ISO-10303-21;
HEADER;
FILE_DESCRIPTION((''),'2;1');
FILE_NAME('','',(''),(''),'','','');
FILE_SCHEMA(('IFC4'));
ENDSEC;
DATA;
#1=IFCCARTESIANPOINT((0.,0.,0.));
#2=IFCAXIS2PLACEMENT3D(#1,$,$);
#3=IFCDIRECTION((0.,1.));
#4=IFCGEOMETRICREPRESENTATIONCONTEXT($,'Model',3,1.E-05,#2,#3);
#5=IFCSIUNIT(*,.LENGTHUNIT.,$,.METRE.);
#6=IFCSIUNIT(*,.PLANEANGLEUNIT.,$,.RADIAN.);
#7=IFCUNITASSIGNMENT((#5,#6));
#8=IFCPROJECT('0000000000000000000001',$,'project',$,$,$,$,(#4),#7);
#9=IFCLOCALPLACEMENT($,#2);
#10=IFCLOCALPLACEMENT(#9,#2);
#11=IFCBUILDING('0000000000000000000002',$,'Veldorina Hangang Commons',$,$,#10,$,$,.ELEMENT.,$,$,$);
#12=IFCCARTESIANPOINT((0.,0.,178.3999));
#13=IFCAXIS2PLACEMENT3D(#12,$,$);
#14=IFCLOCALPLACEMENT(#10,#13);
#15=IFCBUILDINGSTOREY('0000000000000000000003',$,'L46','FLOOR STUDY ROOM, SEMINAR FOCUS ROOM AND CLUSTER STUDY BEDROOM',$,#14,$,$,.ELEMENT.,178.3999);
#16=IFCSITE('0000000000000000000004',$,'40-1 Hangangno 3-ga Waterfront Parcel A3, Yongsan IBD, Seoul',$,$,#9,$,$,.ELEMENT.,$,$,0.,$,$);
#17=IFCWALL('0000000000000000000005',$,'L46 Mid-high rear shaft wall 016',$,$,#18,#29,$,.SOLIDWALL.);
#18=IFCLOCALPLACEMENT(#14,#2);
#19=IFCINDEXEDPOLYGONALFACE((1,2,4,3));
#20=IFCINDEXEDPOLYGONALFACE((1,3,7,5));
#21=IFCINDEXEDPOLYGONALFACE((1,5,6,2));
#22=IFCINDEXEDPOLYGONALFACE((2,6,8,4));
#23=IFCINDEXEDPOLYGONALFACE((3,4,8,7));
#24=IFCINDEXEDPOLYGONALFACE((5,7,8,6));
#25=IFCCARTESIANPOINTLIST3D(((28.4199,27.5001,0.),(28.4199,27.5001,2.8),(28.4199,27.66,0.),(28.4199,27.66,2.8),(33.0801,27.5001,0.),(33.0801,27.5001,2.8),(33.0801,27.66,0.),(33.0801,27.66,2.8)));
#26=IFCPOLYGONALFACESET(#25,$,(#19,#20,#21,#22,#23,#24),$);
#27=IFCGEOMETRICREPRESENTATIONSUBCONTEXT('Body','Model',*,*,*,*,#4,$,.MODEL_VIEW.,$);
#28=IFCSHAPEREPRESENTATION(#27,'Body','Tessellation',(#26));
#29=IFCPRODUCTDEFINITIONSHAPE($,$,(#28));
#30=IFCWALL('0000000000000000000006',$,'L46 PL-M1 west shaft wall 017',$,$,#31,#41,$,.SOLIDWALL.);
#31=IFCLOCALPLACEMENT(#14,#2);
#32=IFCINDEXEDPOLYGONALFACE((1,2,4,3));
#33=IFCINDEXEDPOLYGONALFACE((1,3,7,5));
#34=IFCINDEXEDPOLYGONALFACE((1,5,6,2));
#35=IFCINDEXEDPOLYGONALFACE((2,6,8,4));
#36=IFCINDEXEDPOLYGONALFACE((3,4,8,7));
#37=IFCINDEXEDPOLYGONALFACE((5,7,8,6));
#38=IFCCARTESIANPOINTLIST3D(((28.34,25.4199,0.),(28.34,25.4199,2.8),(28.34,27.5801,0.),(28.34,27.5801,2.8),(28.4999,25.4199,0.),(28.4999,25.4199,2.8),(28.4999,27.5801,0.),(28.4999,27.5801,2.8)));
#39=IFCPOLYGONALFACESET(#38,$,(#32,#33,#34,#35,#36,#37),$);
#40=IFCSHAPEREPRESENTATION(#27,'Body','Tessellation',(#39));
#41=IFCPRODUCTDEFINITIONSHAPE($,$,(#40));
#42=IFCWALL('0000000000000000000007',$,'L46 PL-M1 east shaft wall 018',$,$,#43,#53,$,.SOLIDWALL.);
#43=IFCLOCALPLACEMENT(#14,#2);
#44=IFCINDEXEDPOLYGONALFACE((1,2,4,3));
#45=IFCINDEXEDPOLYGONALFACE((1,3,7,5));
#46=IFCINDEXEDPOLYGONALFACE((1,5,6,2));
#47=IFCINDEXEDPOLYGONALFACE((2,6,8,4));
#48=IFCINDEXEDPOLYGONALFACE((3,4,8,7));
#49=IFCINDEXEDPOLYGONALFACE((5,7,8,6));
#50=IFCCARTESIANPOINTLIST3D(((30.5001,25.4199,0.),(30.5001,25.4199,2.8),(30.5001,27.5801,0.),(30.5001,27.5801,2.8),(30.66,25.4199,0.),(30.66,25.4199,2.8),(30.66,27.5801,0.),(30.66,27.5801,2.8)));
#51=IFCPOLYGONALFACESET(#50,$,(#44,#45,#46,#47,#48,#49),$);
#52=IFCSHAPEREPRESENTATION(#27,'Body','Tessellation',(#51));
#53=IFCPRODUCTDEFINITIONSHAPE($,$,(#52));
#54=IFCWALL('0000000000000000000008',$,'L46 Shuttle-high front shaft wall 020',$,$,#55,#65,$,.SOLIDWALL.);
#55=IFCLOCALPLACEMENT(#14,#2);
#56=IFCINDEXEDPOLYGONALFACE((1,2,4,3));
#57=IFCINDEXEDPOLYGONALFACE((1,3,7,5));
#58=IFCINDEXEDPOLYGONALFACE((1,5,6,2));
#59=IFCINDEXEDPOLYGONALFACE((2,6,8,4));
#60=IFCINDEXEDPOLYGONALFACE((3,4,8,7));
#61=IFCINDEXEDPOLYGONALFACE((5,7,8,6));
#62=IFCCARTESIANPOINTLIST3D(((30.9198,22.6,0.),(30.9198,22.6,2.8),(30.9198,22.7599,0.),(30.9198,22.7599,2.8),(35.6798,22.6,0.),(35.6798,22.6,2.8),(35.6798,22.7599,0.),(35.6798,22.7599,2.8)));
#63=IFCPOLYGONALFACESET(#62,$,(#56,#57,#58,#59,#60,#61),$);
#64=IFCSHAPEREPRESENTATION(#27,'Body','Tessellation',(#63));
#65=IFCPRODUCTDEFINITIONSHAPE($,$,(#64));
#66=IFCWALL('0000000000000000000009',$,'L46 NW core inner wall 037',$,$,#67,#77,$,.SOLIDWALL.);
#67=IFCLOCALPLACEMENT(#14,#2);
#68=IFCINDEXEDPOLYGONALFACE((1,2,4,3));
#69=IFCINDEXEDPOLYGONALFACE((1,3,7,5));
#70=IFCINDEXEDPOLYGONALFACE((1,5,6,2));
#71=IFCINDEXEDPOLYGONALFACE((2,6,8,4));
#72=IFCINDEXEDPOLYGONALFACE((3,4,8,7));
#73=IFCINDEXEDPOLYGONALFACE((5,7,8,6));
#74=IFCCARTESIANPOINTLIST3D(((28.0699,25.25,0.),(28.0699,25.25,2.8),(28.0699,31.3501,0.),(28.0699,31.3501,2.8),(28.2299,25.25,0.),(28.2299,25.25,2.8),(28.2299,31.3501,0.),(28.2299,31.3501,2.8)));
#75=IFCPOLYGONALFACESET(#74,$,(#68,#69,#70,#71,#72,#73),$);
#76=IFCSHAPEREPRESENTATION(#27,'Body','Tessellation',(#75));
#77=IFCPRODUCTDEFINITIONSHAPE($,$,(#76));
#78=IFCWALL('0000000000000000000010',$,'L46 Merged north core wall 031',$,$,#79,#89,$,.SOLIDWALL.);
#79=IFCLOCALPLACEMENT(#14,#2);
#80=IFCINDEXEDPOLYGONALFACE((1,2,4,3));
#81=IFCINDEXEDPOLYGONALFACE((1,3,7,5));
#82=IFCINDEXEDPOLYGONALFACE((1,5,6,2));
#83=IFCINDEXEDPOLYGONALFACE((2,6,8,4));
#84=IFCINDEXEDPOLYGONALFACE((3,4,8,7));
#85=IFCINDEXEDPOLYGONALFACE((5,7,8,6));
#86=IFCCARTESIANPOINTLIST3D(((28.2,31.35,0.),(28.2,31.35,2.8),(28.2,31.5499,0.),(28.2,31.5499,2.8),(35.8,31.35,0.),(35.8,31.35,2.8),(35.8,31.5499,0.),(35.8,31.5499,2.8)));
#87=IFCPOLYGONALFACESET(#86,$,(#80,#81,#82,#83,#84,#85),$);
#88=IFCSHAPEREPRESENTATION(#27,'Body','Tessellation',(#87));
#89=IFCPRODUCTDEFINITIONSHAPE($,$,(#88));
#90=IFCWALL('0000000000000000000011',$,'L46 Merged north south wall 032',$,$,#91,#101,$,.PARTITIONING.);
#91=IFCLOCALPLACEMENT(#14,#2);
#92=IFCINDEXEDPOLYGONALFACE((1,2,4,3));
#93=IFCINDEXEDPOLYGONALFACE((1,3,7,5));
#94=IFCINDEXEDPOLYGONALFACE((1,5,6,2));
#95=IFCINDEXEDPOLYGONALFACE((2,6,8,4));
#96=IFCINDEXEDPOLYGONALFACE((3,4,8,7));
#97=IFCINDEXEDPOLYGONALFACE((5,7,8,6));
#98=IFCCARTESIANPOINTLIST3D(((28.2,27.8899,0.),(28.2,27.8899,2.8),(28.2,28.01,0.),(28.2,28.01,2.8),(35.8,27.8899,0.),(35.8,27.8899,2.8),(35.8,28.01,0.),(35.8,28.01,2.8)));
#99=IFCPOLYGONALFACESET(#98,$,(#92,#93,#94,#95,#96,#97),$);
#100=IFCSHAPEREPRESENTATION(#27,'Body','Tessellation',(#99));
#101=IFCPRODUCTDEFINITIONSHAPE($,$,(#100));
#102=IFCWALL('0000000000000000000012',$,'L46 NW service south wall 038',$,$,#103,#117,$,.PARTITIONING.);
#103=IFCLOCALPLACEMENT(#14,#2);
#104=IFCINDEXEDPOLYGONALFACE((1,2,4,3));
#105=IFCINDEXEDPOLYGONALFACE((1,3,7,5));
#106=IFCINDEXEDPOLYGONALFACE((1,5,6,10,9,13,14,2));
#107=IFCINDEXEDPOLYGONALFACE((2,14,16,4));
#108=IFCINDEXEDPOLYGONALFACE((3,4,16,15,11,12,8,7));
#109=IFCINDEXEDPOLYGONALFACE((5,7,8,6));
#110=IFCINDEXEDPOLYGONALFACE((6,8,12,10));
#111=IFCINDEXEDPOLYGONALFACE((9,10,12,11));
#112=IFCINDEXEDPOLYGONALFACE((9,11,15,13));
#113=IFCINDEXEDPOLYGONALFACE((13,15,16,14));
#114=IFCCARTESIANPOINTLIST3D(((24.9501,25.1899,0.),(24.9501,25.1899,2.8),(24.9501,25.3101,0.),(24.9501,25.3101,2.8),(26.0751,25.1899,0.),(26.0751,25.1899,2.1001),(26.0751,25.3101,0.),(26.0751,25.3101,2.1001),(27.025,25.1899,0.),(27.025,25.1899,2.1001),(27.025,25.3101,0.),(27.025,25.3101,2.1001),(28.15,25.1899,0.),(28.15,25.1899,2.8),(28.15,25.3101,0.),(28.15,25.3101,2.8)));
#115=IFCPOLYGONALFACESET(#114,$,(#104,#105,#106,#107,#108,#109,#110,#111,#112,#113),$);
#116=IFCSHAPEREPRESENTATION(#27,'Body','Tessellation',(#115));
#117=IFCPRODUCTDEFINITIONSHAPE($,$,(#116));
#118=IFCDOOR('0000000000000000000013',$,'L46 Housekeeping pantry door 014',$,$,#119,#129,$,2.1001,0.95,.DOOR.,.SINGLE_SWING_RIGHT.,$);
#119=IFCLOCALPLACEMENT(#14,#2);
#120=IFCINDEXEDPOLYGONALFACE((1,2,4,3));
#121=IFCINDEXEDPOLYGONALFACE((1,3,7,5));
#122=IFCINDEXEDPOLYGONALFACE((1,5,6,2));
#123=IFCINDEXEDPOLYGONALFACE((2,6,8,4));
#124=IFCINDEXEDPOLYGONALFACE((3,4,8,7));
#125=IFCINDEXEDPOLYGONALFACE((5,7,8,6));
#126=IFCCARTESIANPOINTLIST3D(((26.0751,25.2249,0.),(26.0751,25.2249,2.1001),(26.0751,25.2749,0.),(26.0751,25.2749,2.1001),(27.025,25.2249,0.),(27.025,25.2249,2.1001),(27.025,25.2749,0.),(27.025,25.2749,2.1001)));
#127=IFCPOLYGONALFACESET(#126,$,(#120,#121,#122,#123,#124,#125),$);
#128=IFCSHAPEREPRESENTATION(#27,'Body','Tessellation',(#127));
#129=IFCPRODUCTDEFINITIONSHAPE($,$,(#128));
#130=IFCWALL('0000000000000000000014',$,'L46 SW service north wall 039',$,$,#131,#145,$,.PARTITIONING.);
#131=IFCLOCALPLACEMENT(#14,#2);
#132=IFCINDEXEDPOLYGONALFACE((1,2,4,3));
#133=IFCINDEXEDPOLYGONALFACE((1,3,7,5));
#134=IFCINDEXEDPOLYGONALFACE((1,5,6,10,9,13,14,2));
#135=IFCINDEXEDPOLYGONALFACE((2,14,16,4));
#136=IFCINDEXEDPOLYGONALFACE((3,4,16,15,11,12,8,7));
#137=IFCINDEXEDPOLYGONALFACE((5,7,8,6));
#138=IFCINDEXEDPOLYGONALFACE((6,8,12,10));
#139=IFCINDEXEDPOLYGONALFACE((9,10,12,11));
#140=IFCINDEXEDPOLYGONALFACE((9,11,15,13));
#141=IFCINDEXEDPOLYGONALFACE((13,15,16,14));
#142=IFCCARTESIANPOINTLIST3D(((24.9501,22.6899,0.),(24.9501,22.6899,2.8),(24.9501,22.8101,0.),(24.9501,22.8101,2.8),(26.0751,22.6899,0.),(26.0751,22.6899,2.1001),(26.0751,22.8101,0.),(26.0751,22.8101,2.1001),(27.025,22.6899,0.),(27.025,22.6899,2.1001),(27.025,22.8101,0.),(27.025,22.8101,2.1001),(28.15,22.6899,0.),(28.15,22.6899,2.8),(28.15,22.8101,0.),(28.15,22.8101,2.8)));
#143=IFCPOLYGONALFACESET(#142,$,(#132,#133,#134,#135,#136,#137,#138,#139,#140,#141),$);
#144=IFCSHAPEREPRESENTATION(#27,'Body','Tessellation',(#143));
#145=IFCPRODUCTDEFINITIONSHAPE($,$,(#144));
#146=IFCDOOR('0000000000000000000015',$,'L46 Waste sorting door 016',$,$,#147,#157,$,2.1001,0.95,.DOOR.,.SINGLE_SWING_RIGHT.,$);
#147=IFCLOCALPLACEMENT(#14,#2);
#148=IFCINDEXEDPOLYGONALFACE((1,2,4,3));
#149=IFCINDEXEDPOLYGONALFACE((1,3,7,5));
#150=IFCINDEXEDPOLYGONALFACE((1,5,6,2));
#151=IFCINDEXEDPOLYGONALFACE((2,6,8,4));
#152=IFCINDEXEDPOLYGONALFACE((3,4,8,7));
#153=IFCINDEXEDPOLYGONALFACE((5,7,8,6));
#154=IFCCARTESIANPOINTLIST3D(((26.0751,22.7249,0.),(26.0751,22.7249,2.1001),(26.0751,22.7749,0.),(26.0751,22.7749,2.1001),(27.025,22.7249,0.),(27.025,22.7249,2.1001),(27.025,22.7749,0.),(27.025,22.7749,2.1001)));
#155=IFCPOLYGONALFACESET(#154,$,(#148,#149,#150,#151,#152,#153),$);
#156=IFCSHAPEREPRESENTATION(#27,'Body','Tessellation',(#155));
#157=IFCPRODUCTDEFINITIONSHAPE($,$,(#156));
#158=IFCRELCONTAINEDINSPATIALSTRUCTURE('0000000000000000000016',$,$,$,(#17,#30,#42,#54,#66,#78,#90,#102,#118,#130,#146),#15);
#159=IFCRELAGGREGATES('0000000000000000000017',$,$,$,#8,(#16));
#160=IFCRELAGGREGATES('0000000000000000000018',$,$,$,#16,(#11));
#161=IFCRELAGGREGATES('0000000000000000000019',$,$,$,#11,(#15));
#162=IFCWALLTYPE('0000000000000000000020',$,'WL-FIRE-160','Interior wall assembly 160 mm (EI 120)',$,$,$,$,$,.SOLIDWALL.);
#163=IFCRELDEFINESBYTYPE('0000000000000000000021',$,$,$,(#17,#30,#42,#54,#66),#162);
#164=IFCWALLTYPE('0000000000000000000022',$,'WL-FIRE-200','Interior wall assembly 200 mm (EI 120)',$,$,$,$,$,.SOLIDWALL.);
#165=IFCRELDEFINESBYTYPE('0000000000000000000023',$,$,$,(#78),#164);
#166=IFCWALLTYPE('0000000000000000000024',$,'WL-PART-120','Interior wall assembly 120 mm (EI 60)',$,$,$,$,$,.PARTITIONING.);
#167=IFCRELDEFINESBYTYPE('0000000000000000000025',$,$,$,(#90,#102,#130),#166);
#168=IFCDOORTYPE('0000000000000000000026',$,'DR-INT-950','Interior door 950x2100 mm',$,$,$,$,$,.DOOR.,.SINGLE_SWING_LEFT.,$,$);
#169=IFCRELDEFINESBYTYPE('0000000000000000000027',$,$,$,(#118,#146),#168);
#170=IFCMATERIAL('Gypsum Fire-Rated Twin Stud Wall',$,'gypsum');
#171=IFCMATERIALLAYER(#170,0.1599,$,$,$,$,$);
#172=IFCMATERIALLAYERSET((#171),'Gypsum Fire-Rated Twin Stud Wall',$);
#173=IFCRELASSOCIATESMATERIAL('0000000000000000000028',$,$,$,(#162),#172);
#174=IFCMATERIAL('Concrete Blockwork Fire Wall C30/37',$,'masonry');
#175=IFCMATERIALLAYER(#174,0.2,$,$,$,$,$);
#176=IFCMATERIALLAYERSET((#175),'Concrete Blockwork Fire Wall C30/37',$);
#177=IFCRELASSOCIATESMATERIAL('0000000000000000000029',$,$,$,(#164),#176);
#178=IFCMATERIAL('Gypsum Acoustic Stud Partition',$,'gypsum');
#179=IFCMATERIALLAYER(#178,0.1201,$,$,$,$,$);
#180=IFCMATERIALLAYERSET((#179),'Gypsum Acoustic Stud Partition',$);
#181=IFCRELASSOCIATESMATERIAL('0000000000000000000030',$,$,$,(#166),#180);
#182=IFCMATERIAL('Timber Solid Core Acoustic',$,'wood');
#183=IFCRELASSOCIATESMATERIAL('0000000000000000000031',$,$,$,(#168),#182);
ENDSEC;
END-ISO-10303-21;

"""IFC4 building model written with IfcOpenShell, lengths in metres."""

from ifc_helpers import new_model, si_unit, direction, frame, frame_2d, origin, place, context, subcontext, project, spatial, rectangle, extrude, material, layer, layer_set, type_object, element, fill, save


model = new_model("IFC4")

# Units and contexts
model_context = context("Model", 3, precision=1e-05, world=origin(), true_north=direction((0.0, 1.0)))
body_context = subcontext(model_context, "Body", "Model", "MODEL_VIEW")
ifc_project = project(units=[si_unit("LENGTHUNIT", "METRE"), si_unit("PLANEANGLEUNIT", "RADIAN")], contexts=[model_context])

# Site, building, storey
site_placement = place(None, origin())
site = spatial("IfcSite", under=ifc_project, at=site_placement, Name="40-1 Hangangno 3-ga Waterfront Parcel A3, Yongsan IBD, Seoul", CompositionType="ELEMENT", RefElevation=0.0)
building_placement = place(site_placement, origin())
building = spatial("IfcBuilding", under=site, at=building_placement, Name="Veldorina Hangang Commons", CompositionType="ELEMENT")
storey_placement = place(building_placement, frame((0.0, 0.0, 178.3999)))
storey = spatial("IfcBuildingStorey", under=building, at=storey_placement, Name="L46", Description="FLOOR STUDY ROOM, SEMINAR FOCUS ROOM AND CLUSTER STUDY BEDROOM", CompositionType="ELEMENT", Elevation=178.3999)

# Shared definitions
ifc_material_1 = material(Name="Gypsum Fire-Rated Twin Stud Wall", Category="gypsum")
ifc_layer_1 = layer(ifc_material_1, 0.1599)
ifc_layer_set_1 = layer_set([ifc_layer_1], Name="Gypsum Fire-Rated Twin Stud Wall")
wall_type_1 = type_object("IfcWallType", Name="WL-FIRE-160", Description="Interior wall assembly 160 mm (EI 120)", PredefinedType="SOLIDWALL", material=ifc_layer_set_1)

# Walls
wall_1_placement = place(storey_placement, frame((28.4199, 27.5801, 0.0), z_axis=(0.0, 0.0, 1.0), x_axis=(1.0, 0.0, 0.0)))
element("IfcWall", 1, at=wall_1_placement, inside=storey, type_object=wall_type_1, Name="L46 Mid-high rear shaft wall 016", PredefinedType="SOLIDWALL", context=body_context, shape_type="SweptSolid", body=[
    extrude(rectangle(XDim=4.6602, YDim=0.1599, at=frame_2d((2.3301, 0.0))), origin(), (0.0, 0.0, 1.0), 2.8),
])
for number, where, z_axis, x_axis, name in (
    (2, (28.4199, 25.4199, 0.0), (0.0, 0.0, 1.0), (0.0, 1.0, 0.0), "L46 PL-M1 west shaft wall 017"),
    (3, (30.5801, 25.4199, 0.0), (0.0, 0.0, 1.0), (0.0, 1.0, 0.0), "L46 PL-M1 east shaft wall 018"),
):
    element("IfcWall", number, at=place(storey_placement, frame(where, z_axis=z_axis, x_axis=x_axis)), inside=storey, type_object=wall_type_1, Name=name, PredefinedType="SOLIDWALL", context=body_context, shape_type="SweptSolid", body=[
        extrude(rectangle(XDim=2.1602, YDim=0.1599, at=frame_2d((1.0801, 0.0))), origin(), (0.0, 0.0, 1.0), 2.8),
    ])
wall_2_placement = place(storey_placement, frame((30.9199, 22.6799, 0.0), z_axis=(0.0, 0.0, 1.0), x_axis=(1.0, 0.0, 0.0)))
element("IfcWall", 4, at=wall_2_placement, inside=storey, type_object=wall_type_1, Name="L46 Shuttle-high front shaft wall 020", PredefinedType="SOLIDWALL", context=body_context, shape_type="SweptSolid", body=[
    extrude(rectangle(XDim=4.76, YDim=0.1599, at=frame_2d((2.3799, 0.0))), origin(), (0.0, 0.0, 1.0), 2.8),
])
wall_3_placement = place(storey_placement, frame((28.1499, 25.25, 0.0), z_axis=(0.0, 0.0, 1.0), x_axis=(0.0, 1.0, 0.0)))
element("IfcWall", 5, at=wall_3_placement, inside=storey, type_object=wall_type_1, Name="L46 NW core inner wall 037", PredefinedType="SOLIDWALL", context=body_context, shape_type="SweptSolid", body=[
    extrude(rectangle(XDim=6.1001, YDim=0.1599, at=frame_2d((3.05, 0.0))), origin(), (0.0, 0.0, 1.0), 2.8),
])
ifc_material_2 = material(Name="Concrete Blockwork Fire Wall C30/37", Category="masonry")
ifc_layer_2 = layer(ifc_material_2, 0.2)
ifc_layer_set_2 = layer_set([ifc_layer_2], Name="Concrete Blockwork Fire Wall C30/37")
wall_type_2 = type_object("IfcWallType", Name="WL-FIRE-200", Description="Interior wall assembly 200 mm (EI 120)", PredefinedType="SOLIDWALL", material=ifc_layer_set_2)
wall_4_placement = place(storey_placement, frame((28.2, 31.45, 0.0), z_axis=(0.0, 0.0, 1.0), x_axis=(1.0, 0.0, 0.0)))
element("IfcWall", 6, at=wall_4_placement, inside=storey, type_object=wall_type_2, Name="L46 Merged north core wall 031", PredefinedType="SOLIDWALL", context=body_context, shape_type="SweptSolid", body=[
    extrude(rectangle(XDim=7.6001, YDim=0.2, at=frame_2d((3.8, 0.0))), origin(), (0.0, 0.0, 1.0), 2.8),
])
ifc_material_3 = material(Name="Gypsum Acoustic Stud Partition", Category="gypsum")
ifc_layer_3 = layer(ifc_material_3, 0.1201)
ifc_layer_set_3 = layer_set([ifc_layer_3], Name="Gypsum Acoustic Stud Partition")
wall_type_3 = type_object("IfcWallType", Name="WL-PART-120", Description="Interior wall assembly 120 mm (EI 60)", PredefinedType="PARTITIONING", material=ifc_layer_set_3)
wall_5_placement = place(storey_placement, frame((28.2, 27.95, 0.0), z_axis=(0.0, 0.0, 1.0), x_axis=(1.0, 0.0, 0.0)))
element("IfcWall", 7, at=wall_5_placement, inside=storey, type_object=wall_type_3, Name="L46 Merged north south wall 032", PredefinedType="PARTITIONING", context=body_context, shape_type="SweptSolid", body=[
    extrude(rectangle(XDim=7.6001, YDim=0.1201, at=frame_2d((3.8, 0.0))), origin(), (0.0, 0.0, 1.0), 2.8),
])

# Walls, openings, doors
wall_6_placement = place(storey_placement, frame((24.95, 25.25, 0.0), z_axis=(0.0, 0.0, 1.0), x_axis=(1.0, 0.0, 0.0)))
wall_6 = element("IfcWall", 8, at=wall_6_placement, inside=storey, type_object=wall_type_3, Name="L46 NW service south wall 038", PredefinedType="PARTITIONING", context=body_context, shape_type="SweptSolid", body=[
    extrude(rectangle(XDim=3.2, YDim=0.1201, at=frame_2d((1.6001, 0.0))), origin(), (0.0, 0.0, 1.0), 2.8),
])
opening_1_placement = place(wall_6_placement, frame((1.125, 0.0, 0.0)))
opening_1 = element("IfcOpeningElement", 9, at=opening_1_placement, cuts=wall_6, PredefinedType="OPENING", context=body_context, shape_type="SweptSolid", body=[
    extrude(rectangle(XDim=0.95, YDim=2.1001, at=frame_2d((0.4751, 1.05))), frame((0.0, 0.0701, 0.0), z_axis=(0.0, -1.0, 0.0), x_axis=(1.0, 0.0, 0.0)), (0.0, 0.0, 1.0), 0.1401),
])
ifc_material_4 = material(Name="Timber Solid Core Acoustic", Category="wood")
door_type_1 = type_object("IfcDoorType", Name="DR-INT-950", Description="Interior door 950x2100 mm", OperationType="SINGLE_SWING_LEFT", PredefinedType="DOOR", material=ifc_material_4)
door_1_placement = place(opening_1_placement, origin())
door_1 = element("IfcDoor", 10, at=door_1_placement, inside=storey, type_object=door_type_1, Name="L46 Housekeeping pantry door 014", OperationType="SINGLE_SWING_RIGHT", OverallHeight=2.1001, OverallWidth=0.95, PredefinedType="DOOR", context=body_context, shape_type="SweptSolid", body=[
    extrude(rectangle(XDim=0.95, YDim=2.1001, at=frame_2d((0.4751, 1.05))), frame((0.0, 0.0249, 0.0), z_axis=(0.0, -1.0, 0.0), x_axis=(1.0, 0.0, 0.0)), (0.0, 0.0, 1.0), 0.05),
])
fill(opening_1, door_1)
wall_7_placement = place(storey_placement, frame((24.95, 22.75, 0.0), z_axis=(0.0, 0.0, 1.0), x_axis=(1.0, 0.0, 0.0)))
wall_7 = element("IfcWall", 11, at=wall_7_placement, inside=storey, type_object=wall_type_3, Name="L46 SW service north wall 039", PredefinedType="PARTITIONING", context=body_context, shape_type="SweptSolid", body=[
    extrude(rectangle(XDim=3.2, YDim=0.1201, at=frame_2d((1.6001, 0.0))), origin(), (0.0, 0.0, 1.0), 2.8),
])
opening_2_placement = place(wall_7_placement, frame((1.125, 0.0, 0.0)))
opening_2 = element("IfcOpeningElement", 12, at=opening_2_placement, cuts=wall_7, PredefinedType="OPENING", context=body_context, shape_type="SweptSolid", body=[
    extrude(rectangle(XDim=0.95, YDim=2.1001, at=frame_2d((0.4751, 1.05))), frame((0.0, 0.0701, 0.0), z_axis=(0.0, -1.0, 0.0), x_axis=(1.0, 0.0, 0.0)), (0.0, 0.0, 1.0), 0.1401),
])
door_2_placement = place(opening_2_placement, origin())
door_2 = element("IfcDoor", 13, at=door_2_placement, inside=storey, type_object=door_type_1, Name="L46 Waste sorting door 016", OperationType="SINGLE_SWING_RIGHT", OverallHeight=2.1001, OverallWidth=0.95, PredefinedType="DOOR", context=body_context, shape_type="SweptSolid", body=[
    extrude(rectangle(XDim=0.95, YDim=2.1001, at=frame_2d((0.4751, 1.05))), frame((0.0, 0.0249, 0.0), z_axis=(0.0, -1.0, 0.0), x_axis=(1.0, 0.0, 0.0)), (0.0, 0.0, 1.0), 0.05),
])
fill(opening_2, door_2)

save(model, "model.ifc")
